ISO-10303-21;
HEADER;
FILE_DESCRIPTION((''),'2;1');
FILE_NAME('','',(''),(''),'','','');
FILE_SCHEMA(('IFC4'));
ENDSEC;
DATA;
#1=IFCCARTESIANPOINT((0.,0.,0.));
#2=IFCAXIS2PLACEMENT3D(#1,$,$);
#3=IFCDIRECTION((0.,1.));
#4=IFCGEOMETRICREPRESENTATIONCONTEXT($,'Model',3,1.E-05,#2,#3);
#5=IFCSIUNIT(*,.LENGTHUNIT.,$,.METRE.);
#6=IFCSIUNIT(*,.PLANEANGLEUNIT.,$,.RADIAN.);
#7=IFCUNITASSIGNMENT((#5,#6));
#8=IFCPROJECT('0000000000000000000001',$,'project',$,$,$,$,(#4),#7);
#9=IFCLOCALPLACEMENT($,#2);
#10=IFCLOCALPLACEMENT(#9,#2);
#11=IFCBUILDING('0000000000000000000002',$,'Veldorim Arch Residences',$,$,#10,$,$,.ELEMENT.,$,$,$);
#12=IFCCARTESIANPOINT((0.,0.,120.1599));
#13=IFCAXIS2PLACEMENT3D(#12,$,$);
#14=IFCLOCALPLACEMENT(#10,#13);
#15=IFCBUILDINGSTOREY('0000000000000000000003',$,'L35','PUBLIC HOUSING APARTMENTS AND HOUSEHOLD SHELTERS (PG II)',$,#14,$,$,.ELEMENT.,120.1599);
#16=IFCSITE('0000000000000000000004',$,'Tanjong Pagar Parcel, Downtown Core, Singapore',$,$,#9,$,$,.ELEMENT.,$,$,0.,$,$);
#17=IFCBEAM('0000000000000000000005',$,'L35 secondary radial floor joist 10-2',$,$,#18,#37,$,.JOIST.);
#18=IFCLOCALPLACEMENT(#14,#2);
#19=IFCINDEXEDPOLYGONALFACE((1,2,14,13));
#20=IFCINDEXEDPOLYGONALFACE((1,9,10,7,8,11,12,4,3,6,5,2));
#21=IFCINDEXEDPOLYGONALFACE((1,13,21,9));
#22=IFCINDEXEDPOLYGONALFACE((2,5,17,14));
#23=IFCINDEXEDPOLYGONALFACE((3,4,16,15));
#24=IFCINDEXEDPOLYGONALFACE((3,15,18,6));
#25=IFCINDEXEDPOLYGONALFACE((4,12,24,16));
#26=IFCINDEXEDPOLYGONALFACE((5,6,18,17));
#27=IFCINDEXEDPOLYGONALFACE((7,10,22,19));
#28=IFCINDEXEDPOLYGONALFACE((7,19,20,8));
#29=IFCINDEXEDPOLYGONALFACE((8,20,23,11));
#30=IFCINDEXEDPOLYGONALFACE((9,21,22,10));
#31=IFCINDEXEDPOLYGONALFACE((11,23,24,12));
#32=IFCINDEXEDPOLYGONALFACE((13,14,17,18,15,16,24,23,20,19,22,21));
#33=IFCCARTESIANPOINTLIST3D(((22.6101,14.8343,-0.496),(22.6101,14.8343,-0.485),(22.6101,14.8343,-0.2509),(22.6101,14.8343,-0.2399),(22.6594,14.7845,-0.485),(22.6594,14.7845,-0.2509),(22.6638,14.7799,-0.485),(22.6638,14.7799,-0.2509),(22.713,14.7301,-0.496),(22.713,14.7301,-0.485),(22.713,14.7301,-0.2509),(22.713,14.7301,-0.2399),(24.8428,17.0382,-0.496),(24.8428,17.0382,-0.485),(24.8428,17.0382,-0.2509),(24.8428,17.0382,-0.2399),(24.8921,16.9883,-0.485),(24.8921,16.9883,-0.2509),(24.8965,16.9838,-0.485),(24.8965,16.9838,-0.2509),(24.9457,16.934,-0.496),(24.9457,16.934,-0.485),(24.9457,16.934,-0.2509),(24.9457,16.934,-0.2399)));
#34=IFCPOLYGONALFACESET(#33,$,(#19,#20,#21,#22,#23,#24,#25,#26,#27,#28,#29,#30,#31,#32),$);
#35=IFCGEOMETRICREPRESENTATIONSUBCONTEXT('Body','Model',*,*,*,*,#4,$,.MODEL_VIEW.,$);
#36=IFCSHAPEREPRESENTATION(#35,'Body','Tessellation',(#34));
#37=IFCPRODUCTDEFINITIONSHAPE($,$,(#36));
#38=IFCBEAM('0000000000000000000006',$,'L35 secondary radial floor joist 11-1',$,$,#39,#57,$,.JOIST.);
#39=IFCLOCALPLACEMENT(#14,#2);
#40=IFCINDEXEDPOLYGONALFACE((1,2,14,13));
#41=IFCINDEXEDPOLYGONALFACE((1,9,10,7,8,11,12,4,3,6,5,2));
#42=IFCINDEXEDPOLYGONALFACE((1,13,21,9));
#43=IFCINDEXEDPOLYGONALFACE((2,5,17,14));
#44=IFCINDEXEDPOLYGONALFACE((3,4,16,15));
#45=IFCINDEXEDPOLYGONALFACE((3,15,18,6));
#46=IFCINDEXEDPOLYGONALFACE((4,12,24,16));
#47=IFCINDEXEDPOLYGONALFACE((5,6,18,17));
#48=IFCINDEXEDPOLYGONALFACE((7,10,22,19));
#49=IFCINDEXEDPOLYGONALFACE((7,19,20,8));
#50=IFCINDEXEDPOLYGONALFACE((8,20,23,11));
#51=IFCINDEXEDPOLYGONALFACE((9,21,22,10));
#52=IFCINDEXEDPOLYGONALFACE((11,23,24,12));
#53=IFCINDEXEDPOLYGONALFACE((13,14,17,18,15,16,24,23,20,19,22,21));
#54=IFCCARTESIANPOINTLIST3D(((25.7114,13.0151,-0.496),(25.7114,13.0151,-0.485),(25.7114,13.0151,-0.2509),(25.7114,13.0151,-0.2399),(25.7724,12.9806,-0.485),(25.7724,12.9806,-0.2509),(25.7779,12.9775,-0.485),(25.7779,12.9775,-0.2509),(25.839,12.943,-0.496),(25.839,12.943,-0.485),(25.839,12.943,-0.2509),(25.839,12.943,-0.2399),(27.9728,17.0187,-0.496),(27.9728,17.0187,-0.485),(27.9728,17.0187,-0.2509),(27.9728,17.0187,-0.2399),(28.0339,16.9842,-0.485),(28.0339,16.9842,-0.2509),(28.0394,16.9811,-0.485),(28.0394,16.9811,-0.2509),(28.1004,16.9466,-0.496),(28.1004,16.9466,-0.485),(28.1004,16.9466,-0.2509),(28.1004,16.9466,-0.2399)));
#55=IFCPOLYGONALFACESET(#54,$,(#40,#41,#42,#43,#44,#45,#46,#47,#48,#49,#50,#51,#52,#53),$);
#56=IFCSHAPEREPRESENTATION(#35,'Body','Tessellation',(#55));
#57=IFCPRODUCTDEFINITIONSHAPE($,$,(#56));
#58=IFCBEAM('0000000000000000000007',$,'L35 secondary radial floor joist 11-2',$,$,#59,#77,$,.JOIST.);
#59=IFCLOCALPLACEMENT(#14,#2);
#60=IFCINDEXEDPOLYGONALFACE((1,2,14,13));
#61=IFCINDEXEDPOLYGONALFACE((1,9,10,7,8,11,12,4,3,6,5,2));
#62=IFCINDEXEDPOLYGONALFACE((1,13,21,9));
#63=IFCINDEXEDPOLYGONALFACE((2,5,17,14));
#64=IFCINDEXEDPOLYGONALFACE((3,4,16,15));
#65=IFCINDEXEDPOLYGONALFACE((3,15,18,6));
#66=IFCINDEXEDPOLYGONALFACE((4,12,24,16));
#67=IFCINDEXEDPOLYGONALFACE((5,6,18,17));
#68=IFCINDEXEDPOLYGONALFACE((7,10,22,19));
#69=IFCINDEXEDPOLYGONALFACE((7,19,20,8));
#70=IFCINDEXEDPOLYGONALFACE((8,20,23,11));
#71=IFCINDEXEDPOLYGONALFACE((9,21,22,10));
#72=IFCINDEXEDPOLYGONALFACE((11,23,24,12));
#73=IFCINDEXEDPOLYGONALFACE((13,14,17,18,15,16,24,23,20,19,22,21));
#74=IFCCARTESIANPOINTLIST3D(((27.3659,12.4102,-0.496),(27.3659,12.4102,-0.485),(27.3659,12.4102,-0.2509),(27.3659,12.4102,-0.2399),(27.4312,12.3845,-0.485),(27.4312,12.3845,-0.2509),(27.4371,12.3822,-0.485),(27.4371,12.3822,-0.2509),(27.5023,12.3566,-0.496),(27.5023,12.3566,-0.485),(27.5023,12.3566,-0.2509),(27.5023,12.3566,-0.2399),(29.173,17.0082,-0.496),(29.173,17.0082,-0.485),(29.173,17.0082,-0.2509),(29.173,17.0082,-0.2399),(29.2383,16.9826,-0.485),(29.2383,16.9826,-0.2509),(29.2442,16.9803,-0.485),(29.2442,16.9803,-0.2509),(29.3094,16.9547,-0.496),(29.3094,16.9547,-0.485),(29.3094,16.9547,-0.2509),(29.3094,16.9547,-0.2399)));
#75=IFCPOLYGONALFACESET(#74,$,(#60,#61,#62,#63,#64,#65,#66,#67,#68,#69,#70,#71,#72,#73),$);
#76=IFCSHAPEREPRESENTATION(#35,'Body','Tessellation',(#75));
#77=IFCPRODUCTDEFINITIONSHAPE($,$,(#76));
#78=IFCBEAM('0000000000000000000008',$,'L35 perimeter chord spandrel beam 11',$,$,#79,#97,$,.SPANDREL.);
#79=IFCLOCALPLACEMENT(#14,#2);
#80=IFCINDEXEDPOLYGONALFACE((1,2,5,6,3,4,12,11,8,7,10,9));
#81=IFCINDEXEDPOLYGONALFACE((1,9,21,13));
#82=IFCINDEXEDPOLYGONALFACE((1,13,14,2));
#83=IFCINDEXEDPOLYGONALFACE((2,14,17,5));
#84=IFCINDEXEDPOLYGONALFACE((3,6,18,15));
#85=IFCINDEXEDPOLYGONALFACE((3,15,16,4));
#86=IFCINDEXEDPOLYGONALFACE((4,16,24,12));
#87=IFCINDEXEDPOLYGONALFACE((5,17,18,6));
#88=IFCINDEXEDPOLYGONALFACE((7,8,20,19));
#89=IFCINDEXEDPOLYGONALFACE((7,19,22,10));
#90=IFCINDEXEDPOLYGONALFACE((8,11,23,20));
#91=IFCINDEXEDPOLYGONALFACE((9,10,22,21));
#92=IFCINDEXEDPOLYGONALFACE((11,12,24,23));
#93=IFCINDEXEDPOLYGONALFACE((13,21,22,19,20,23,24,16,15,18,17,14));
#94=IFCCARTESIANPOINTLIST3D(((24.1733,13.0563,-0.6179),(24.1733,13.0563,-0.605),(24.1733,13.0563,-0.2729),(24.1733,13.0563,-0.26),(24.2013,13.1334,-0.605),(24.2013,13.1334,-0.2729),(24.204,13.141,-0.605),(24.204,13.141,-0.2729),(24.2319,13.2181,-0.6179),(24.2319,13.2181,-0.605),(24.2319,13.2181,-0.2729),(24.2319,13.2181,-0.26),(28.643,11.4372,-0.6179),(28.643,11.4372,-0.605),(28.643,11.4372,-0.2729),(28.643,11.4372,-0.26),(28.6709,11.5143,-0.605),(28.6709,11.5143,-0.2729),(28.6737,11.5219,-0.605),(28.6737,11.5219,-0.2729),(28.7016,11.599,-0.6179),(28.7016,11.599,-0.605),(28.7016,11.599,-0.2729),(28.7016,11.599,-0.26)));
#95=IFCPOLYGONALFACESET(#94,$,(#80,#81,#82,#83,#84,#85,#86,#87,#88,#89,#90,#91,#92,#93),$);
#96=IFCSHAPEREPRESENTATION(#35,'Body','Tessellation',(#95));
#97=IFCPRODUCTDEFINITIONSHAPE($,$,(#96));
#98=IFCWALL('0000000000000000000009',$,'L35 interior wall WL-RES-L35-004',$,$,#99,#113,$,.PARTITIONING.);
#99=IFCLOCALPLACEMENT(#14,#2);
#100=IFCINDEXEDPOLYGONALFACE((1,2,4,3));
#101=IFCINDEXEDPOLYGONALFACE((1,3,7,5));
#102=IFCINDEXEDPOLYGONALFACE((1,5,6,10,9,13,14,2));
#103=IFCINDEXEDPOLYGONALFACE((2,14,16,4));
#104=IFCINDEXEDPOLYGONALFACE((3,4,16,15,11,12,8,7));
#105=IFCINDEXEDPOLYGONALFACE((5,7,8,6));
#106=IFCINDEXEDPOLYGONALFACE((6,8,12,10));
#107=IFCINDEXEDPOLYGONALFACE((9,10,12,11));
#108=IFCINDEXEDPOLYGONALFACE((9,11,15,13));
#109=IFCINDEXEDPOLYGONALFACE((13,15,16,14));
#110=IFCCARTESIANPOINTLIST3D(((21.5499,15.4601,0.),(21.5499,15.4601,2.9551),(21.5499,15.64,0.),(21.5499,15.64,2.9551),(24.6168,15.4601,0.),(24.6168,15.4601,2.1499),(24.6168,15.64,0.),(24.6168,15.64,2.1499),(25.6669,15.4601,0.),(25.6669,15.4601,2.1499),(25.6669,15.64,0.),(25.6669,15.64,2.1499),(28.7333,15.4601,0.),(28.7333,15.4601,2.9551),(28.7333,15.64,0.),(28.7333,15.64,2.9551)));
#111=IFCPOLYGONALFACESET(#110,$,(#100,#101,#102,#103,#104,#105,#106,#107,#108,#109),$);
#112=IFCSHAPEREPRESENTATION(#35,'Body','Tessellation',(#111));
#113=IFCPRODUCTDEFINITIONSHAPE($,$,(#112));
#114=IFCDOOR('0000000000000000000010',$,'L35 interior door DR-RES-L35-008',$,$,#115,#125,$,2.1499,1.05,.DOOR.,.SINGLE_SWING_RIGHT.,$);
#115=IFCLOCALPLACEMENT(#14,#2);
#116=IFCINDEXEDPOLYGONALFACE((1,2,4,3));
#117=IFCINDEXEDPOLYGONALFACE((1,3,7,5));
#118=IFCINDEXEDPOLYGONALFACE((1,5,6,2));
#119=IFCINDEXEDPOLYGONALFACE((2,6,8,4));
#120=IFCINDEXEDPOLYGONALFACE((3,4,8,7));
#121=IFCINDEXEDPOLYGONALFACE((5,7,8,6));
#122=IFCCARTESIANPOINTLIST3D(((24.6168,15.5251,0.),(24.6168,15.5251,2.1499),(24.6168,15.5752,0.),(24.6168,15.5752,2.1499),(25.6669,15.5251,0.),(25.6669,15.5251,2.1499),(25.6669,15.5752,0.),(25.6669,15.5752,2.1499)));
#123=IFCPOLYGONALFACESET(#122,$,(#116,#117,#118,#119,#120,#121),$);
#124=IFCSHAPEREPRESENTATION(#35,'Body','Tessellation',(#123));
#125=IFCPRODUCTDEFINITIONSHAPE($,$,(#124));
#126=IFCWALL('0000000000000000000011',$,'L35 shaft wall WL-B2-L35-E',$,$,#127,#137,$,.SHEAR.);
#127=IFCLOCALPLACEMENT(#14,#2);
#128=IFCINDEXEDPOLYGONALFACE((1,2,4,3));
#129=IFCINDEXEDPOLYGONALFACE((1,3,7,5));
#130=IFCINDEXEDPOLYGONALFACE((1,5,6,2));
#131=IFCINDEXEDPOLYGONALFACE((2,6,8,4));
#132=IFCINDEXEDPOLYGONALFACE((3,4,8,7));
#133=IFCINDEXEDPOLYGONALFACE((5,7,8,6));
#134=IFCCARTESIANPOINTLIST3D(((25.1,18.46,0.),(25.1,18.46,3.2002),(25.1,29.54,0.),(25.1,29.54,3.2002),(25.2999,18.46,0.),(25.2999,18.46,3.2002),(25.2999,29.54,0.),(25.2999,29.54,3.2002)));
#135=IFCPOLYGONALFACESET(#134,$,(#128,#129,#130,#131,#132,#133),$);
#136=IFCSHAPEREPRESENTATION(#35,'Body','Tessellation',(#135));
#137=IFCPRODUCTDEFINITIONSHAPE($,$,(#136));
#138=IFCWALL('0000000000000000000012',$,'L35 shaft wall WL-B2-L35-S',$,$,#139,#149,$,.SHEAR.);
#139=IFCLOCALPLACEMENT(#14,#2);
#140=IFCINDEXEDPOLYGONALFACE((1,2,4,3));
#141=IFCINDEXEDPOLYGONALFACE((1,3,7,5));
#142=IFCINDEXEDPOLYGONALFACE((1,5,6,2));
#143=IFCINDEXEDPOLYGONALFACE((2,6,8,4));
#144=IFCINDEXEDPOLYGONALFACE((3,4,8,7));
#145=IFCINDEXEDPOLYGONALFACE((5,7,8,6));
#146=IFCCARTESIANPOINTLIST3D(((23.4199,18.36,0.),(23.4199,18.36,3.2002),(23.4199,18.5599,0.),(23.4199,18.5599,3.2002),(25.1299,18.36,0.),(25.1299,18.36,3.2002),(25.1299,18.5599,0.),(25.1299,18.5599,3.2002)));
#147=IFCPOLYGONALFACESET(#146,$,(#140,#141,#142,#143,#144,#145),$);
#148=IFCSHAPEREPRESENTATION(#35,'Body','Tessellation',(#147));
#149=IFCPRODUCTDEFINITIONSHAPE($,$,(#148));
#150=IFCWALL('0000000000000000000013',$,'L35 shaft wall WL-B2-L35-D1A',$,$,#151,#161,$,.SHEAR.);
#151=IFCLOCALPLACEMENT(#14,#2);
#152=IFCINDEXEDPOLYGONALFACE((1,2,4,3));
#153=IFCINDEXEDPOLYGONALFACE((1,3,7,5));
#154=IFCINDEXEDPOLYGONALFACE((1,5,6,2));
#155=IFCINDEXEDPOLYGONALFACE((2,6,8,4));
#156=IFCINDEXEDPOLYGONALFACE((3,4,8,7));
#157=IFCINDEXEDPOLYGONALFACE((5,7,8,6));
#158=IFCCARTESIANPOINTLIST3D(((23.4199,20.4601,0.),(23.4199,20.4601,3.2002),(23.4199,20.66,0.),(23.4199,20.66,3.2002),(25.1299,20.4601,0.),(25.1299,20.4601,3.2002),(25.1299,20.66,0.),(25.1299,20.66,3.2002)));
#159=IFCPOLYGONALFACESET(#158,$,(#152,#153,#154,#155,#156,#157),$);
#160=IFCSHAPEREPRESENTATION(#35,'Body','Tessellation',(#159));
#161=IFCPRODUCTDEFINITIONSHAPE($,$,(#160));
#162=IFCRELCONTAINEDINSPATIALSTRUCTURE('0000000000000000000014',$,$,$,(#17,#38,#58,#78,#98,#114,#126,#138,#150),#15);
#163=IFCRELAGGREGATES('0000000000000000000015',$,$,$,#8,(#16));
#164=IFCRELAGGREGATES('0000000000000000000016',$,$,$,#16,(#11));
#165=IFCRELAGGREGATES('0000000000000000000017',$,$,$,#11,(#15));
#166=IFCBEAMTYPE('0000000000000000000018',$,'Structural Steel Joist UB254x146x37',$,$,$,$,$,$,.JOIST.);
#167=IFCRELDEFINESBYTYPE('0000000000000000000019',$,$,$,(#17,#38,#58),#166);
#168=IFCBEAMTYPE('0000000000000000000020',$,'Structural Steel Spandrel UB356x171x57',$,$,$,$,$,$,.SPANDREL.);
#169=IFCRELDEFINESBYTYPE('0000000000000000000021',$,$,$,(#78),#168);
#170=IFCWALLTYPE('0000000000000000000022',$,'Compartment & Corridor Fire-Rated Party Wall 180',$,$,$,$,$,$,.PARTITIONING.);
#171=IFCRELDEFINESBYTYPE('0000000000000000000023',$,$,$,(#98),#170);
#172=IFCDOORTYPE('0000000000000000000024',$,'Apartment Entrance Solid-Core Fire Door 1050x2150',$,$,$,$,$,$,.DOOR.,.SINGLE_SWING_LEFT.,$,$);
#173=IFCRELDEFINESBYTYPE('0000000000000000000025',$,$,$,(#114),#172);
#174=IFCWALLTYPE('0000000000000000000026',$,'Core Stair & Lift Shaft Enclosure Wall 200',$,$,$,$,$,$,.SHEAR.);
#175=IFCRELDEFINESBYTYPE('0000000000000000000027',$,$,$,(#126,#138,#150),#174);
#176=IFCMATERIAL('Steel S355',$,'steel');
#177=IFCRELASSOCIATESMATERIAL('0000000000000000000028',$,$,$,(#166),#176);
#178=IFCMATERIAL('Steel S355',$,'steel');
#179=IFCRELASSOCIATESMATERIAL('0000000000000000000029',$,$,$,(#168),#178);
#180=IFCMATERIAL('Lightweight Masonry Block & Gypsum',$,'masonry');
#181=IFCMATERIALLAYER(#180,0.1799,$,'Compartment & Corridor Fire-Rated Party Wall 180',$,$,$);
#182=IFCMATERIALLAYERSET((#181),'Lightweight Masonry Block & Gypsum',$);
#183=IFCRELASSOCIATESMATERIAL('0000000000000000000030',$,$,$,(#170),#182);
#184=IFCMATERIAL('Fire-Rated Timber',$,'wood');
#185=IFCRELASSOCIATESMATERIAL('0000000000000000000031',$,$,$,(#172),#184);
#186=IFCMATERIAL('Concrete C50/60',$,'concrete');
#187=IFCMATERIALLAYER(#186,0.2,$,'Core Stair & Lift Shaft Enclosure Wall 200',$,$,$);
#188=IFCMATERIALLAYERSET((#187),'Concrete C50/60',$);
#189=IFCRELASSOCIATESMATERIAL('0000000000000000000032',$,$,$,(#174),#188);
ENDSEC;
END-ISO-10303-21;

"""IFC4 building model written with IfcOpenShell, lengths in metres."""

from ifc_helpers import new_model, si_unit, direction, frame, frame_2d, origin, origin_2d, place, context, subcontext, project, spatial, rectangle, i_section, extrude, material, layer, layer_set, material_profile, profile_set, type_object, element, fill, save


model = new_model("IFC4")

# Units and contexts
model_context = context("Model", 3, precision=1e-05, world=origin(), true_north=direction((0.0, 1.0)))
body_context = subcontext(model_context, "Body", "Model", "MODEL_VIEW")
ifc_project = project(units=[si_unit("LENGTHUNIT", "METRE"), si_unit("PLANEANGLEUNIT", "RADIAN")], contexts=[model_context])

# Site, building, storey
site_placement = place(None, origin())
site = spatial("IfcSite", under=ifc_project, at=site_placement, Name="Tanjong Pagar Parcel, Downtown Core, Singapore", CompositionType="ELEMENT", RefElevation=0.0)
building_placement = place(site_placement, origin())
building = spatial("IfcBuilding", under=site, at=building_placement, Name="Veldorim Arch Residences", CompositionType="ELEMENT")
storey_placement = place(building_placement, frame((0.0, 0.0, 120.1599)))
storey = spatial("IfcBuildingStorey", under=building, at=storey_placement, Name="L35", Description="PUBLIC HOUSING APARTMENTS AND HOUSEHOLD SHELTERS (PG II)", CompositionType="ELEMENT", Elevation=120.1599)

# Beams
ifc_material_1 = material(Name="Steel S355", Category="steel")
ifc_material_profile_1 = material_profile(ifc_material_1, i_section(OverallWidth=0.1465, OverallDepth=0.2561, WebThickness=0.0063, FlangeThickness=0.011, at=origin_2d()), Name="UB254x146x37")
ifc_profile_set_1 = profile_set([ifc_material_profile_1], Name="Steel S355")
beam_type_1 = type_object("IfcBeamType", Name="Structural Steel Joist UB254x146x37", PredefinedType="JOIST", material=ifc_profile_set_1)
beam_1_placement = place(storey_placement, frame((24.8943, 16.9861, -0.3679), z_axis=(-0.711683, -0.7025, 0.0), x_axis=(0.7025, -0.711683, 0.0)))
element("IfcBeam", 1, at=beam_1_placement, inside=storey, type_object=beam_type_1, Name="L35 secondary radial floor joist 10-2", PredefinedType="JOIST", context=body_context, shape_type="SweptSolid", body=[
    extrude(i_section(OverallWidth=0.1465, OverallDepth=0.2561, WebThickness=0.0063, FlangeThickness=0.011, at=origin_2d()), origin(), (0.0, 0.0, 1.0), 3.1372),
])
beam_2_placement = place(storey_placement, frame((28.0366, 16.9827, -0.3679), z_axis=(-0.491816, -0.870699, 0.0), x_axis=(0.870699, -0.491816, 0.0)))
element("IfcBeam", 2, at=beam_2_placement, inside=storey, type_object=beam_type_1, Name="L35 secondary radial floor joist 11-1", PredefinedType="JOIST", context=body_context, shape_type="SweptSolid", body=[
    extrude(i_section(OverallWidth=0.1465, OverallDepth=0.2561, WebThickness=0.0063, FlangeThickness=0.011, at=origin_2d()), origin(), (0.0, 0.0, 1.0), 4.5981),
])
beam_3_placement = place(storey_placement, frame((29.2412, 16.9814, -0.3679), z_axis=(-0.365778, -0.930702, 0.0), x_axis=(0.930702, -0.365778, 0.0)))
element("IfcBeam", 3, at=beam_3_placement, inside=storey, type_object=beam_type_1, Name="L35 secondary radial floor joist 11-2", PredefinedType="JOIST", context=body_context, shape_type="SweptSolid", body=[
    extrude(i_section(OverallWidth=0.1465, OverallDepth=0.2561, WebThickness=0.0063, FlangeThickness=0.011, at=origin_2d()), origin(), (0.0, 0.0, 1.0), 4.9404),
])
ifc_material_2 = material(Name="Steel S355", Category="steel")
ifc_material_profile_2 = material_profile(ifc_material_2, i_section(OverallWidth=0.1721, OverallDepth=0.3579, WebThickness=0.0081, FlangeThickness=0.0129, at=origin_2d()), Name="UB356x171x57")
ifc_profile_set_2 = profile_set([ifc_material_profile_2], Name="Steel S355")
beam_type_2 = type_object("IfcBeamType", Name="Structural Steel Spandrel UB356x171x57", PredefinedType="SPANDREL", material=ifc_profile_set_2)
beam_4_placement = place(storey_placement, frame((24.2026, 13.1372, -0.439), z_axis=(0.940213, -0.340588, 0.0), x_axis=(0.340588, 0.940213, 0.0)))
element("IfcBeam", 4, at=beam_4_placement, inside=storey, type_object=beam_type_2, Name="L35 perimeter chord spandrel beam 11", PredefinedType="SPANDREL", context=body_context, shape_type="SweptSolid", body=[
    extrude(i_section(OverallWidth=0.1721, OverallDepth=0.3579, WebThickness=0.0081, FlangeThickness=0.0129, at=origin_2d()), origin(), (0.0, 0.0, 1.0), 4.7539),
])

# Wall, opening, door
ifc_material_3 = material(Name="Lightweight Masonry Block & Gypsum", Category="masonry")
ifc_layer_1 = layer(ifc_material_3, 0.1799, Name="Compartment & Corridor Fire-Rated Party Wall 180")
ifc_layer_set_1 = layer_set([ifc_layer_1], Name="Lightweight Masonry Block & Gypsum")
wall_type_1 = type_object("IfcWallType", Name="Compartment & Corridor Fire-Rated Party Wall 180", PredefinedType="PARTITIONING", material=ifc_layer_set_1)
wall_1_placement = place(storey_placement, frame((28.7334, 15.55, 0.0), z_axis=(0.0, 0.0, 1.0), x_axis=(-1.0, 0.0, 0.0)))
wall_1 = element("IfcWall", 5, at=wall_1_placement, inside=storey, type_object=wall_type_1, Name="L35 interior wall WL-RES-L35-004", PredefinedType="PARTITIONING", context=body_context, shape_type="SweptSolid", body=[
    extrude(rectangle(XDim=7.1833, YDim=0.1799, at=frame_2d((3.5918, 0.0))), origin(), (0.0, 0.0, 1.0), 2.9551),
])
opening_1_placement = place(wall_1_placement, frame((3.0667, 0.0, 0.0)))
opening_1 = element("IfcOpeningElement", 6, at=opening_1_placement, cuts=wall_1, PredefinedType="OPENING", context=body_context, shape_type="SweptSolid", body=[
    extrude(rectangle(XDim=1.05, YDim=2.1499, at=frame_2d((0.5249, 1.075))), frame((0.0, 0.0999, 0.0), z_axis=(0.0, -1.0, 0.0), x_axis=(1.0, 0.0, 0.0)), (0.0, 0.0, 1.0), 0.2),
])
ifc_material_4 = material(Name="Fire-Rated Timber", Category="wood")
door_type_1 = type_object("IfcDoorType", Name="Apartment Entrance Solid-Core Fire Door 1050x2150", OperationType="SINGLE_SWING_LEFT", PredefinedType="DOOR", material=ifc_material_4)
door_1_placement = place(opening_1_placement, origin())
door_1 = element("IfcDoor", 7, at=door_1_placement, inside=storey, type_object=door_type_1, Name="L35 interior door DR-RES-L35-008", OperationType="SINGLE_SWING_RIGHT", OverallHeight=2.1499, OverallWidth=1.05, PredefinedType="DOOR", context=body_context, shape_type="SweptSolid", body=[
    extrude(rectangle(XDim=1.05, YDim=2.1499, at=frame_2d((0.5249, 1.075))), frame((0.0, 0.0249, 0.0), z_axis=(0.0, -1.0, 0.0), x_axis=(1.0, 0.0, 0.0)), (0.0, 0.0, 1.0), 0.05),
])
fill(opening_1, door_1)

# Walls
ifc_material_5 = material(Name="Concrete C50/60", Category="concrete")
ifc_layer_2 = layer(ifc_material_5, 0.2, Name="Core Stair & Lift Shaft Enclosure Wall 200")
ifc_layer_set_2 = layer_set([ifc_layer_2], Name="Concrete C50/60")
wall_type_2 = type_object("IfcWallType", Name="Core Stair & Lift Shaft Enclosure Wall 200", PredefinedType="SHEAR", material=ifc_layer_set_2)
wall_2_placement = place(storey_placement, frame((25.2, 18.46, 0.0), z_axis=(0.0, 0.0, 1.0), x_axis=(0.0, 1.0, 0.0)))
element("IfcWall", 8, at=wall_2_placement, inside=storey, type_object=wall_type_2, Name="L35 shaft wall WL-B2-L35-E", PredefinedType="SHEAR", context=body_context, shape_type="SweptSolid", body=[
    extrude(rectangle(XDim=11.0801, YDim=0.2, at=frame_2d((5.54, 0.0))), origin(), (0.0, 0.0, 1.0), 3.2002),
])
for number, where, z_axis, x_axis, name in (
    (9, (23.4199, 18.46, 0.0), (0.0, 0.0, 1.0), (1.0, 0.0, 0.0), "L35 shaft wall WL-B2-L35-S"),
    (10, (23.4199, 20.5601, 0.0), (0.0, 0.0, 1.0), (1.0, 0.0, 0.0), "L35 shaft wall WL-B2-L35-D1A"),
):
    element("IfcWall", number, at=place(storey_placement, frame(where, z_axis=z_axis, x_axis=x_axis)), inside=storey, type_object=wall_type_2, Name=name, PredefinedType="SHEAR", context=body_context, shape_type="SweptSolid", body=[
        extrude(rectangle(XDim=1.71, YDim=0.2, at=frame_2d((0.855, 0.0))), origin(), (0.0, 0.0, 1.0), 3.2002),
    ])

save(model, "model.ifc")
